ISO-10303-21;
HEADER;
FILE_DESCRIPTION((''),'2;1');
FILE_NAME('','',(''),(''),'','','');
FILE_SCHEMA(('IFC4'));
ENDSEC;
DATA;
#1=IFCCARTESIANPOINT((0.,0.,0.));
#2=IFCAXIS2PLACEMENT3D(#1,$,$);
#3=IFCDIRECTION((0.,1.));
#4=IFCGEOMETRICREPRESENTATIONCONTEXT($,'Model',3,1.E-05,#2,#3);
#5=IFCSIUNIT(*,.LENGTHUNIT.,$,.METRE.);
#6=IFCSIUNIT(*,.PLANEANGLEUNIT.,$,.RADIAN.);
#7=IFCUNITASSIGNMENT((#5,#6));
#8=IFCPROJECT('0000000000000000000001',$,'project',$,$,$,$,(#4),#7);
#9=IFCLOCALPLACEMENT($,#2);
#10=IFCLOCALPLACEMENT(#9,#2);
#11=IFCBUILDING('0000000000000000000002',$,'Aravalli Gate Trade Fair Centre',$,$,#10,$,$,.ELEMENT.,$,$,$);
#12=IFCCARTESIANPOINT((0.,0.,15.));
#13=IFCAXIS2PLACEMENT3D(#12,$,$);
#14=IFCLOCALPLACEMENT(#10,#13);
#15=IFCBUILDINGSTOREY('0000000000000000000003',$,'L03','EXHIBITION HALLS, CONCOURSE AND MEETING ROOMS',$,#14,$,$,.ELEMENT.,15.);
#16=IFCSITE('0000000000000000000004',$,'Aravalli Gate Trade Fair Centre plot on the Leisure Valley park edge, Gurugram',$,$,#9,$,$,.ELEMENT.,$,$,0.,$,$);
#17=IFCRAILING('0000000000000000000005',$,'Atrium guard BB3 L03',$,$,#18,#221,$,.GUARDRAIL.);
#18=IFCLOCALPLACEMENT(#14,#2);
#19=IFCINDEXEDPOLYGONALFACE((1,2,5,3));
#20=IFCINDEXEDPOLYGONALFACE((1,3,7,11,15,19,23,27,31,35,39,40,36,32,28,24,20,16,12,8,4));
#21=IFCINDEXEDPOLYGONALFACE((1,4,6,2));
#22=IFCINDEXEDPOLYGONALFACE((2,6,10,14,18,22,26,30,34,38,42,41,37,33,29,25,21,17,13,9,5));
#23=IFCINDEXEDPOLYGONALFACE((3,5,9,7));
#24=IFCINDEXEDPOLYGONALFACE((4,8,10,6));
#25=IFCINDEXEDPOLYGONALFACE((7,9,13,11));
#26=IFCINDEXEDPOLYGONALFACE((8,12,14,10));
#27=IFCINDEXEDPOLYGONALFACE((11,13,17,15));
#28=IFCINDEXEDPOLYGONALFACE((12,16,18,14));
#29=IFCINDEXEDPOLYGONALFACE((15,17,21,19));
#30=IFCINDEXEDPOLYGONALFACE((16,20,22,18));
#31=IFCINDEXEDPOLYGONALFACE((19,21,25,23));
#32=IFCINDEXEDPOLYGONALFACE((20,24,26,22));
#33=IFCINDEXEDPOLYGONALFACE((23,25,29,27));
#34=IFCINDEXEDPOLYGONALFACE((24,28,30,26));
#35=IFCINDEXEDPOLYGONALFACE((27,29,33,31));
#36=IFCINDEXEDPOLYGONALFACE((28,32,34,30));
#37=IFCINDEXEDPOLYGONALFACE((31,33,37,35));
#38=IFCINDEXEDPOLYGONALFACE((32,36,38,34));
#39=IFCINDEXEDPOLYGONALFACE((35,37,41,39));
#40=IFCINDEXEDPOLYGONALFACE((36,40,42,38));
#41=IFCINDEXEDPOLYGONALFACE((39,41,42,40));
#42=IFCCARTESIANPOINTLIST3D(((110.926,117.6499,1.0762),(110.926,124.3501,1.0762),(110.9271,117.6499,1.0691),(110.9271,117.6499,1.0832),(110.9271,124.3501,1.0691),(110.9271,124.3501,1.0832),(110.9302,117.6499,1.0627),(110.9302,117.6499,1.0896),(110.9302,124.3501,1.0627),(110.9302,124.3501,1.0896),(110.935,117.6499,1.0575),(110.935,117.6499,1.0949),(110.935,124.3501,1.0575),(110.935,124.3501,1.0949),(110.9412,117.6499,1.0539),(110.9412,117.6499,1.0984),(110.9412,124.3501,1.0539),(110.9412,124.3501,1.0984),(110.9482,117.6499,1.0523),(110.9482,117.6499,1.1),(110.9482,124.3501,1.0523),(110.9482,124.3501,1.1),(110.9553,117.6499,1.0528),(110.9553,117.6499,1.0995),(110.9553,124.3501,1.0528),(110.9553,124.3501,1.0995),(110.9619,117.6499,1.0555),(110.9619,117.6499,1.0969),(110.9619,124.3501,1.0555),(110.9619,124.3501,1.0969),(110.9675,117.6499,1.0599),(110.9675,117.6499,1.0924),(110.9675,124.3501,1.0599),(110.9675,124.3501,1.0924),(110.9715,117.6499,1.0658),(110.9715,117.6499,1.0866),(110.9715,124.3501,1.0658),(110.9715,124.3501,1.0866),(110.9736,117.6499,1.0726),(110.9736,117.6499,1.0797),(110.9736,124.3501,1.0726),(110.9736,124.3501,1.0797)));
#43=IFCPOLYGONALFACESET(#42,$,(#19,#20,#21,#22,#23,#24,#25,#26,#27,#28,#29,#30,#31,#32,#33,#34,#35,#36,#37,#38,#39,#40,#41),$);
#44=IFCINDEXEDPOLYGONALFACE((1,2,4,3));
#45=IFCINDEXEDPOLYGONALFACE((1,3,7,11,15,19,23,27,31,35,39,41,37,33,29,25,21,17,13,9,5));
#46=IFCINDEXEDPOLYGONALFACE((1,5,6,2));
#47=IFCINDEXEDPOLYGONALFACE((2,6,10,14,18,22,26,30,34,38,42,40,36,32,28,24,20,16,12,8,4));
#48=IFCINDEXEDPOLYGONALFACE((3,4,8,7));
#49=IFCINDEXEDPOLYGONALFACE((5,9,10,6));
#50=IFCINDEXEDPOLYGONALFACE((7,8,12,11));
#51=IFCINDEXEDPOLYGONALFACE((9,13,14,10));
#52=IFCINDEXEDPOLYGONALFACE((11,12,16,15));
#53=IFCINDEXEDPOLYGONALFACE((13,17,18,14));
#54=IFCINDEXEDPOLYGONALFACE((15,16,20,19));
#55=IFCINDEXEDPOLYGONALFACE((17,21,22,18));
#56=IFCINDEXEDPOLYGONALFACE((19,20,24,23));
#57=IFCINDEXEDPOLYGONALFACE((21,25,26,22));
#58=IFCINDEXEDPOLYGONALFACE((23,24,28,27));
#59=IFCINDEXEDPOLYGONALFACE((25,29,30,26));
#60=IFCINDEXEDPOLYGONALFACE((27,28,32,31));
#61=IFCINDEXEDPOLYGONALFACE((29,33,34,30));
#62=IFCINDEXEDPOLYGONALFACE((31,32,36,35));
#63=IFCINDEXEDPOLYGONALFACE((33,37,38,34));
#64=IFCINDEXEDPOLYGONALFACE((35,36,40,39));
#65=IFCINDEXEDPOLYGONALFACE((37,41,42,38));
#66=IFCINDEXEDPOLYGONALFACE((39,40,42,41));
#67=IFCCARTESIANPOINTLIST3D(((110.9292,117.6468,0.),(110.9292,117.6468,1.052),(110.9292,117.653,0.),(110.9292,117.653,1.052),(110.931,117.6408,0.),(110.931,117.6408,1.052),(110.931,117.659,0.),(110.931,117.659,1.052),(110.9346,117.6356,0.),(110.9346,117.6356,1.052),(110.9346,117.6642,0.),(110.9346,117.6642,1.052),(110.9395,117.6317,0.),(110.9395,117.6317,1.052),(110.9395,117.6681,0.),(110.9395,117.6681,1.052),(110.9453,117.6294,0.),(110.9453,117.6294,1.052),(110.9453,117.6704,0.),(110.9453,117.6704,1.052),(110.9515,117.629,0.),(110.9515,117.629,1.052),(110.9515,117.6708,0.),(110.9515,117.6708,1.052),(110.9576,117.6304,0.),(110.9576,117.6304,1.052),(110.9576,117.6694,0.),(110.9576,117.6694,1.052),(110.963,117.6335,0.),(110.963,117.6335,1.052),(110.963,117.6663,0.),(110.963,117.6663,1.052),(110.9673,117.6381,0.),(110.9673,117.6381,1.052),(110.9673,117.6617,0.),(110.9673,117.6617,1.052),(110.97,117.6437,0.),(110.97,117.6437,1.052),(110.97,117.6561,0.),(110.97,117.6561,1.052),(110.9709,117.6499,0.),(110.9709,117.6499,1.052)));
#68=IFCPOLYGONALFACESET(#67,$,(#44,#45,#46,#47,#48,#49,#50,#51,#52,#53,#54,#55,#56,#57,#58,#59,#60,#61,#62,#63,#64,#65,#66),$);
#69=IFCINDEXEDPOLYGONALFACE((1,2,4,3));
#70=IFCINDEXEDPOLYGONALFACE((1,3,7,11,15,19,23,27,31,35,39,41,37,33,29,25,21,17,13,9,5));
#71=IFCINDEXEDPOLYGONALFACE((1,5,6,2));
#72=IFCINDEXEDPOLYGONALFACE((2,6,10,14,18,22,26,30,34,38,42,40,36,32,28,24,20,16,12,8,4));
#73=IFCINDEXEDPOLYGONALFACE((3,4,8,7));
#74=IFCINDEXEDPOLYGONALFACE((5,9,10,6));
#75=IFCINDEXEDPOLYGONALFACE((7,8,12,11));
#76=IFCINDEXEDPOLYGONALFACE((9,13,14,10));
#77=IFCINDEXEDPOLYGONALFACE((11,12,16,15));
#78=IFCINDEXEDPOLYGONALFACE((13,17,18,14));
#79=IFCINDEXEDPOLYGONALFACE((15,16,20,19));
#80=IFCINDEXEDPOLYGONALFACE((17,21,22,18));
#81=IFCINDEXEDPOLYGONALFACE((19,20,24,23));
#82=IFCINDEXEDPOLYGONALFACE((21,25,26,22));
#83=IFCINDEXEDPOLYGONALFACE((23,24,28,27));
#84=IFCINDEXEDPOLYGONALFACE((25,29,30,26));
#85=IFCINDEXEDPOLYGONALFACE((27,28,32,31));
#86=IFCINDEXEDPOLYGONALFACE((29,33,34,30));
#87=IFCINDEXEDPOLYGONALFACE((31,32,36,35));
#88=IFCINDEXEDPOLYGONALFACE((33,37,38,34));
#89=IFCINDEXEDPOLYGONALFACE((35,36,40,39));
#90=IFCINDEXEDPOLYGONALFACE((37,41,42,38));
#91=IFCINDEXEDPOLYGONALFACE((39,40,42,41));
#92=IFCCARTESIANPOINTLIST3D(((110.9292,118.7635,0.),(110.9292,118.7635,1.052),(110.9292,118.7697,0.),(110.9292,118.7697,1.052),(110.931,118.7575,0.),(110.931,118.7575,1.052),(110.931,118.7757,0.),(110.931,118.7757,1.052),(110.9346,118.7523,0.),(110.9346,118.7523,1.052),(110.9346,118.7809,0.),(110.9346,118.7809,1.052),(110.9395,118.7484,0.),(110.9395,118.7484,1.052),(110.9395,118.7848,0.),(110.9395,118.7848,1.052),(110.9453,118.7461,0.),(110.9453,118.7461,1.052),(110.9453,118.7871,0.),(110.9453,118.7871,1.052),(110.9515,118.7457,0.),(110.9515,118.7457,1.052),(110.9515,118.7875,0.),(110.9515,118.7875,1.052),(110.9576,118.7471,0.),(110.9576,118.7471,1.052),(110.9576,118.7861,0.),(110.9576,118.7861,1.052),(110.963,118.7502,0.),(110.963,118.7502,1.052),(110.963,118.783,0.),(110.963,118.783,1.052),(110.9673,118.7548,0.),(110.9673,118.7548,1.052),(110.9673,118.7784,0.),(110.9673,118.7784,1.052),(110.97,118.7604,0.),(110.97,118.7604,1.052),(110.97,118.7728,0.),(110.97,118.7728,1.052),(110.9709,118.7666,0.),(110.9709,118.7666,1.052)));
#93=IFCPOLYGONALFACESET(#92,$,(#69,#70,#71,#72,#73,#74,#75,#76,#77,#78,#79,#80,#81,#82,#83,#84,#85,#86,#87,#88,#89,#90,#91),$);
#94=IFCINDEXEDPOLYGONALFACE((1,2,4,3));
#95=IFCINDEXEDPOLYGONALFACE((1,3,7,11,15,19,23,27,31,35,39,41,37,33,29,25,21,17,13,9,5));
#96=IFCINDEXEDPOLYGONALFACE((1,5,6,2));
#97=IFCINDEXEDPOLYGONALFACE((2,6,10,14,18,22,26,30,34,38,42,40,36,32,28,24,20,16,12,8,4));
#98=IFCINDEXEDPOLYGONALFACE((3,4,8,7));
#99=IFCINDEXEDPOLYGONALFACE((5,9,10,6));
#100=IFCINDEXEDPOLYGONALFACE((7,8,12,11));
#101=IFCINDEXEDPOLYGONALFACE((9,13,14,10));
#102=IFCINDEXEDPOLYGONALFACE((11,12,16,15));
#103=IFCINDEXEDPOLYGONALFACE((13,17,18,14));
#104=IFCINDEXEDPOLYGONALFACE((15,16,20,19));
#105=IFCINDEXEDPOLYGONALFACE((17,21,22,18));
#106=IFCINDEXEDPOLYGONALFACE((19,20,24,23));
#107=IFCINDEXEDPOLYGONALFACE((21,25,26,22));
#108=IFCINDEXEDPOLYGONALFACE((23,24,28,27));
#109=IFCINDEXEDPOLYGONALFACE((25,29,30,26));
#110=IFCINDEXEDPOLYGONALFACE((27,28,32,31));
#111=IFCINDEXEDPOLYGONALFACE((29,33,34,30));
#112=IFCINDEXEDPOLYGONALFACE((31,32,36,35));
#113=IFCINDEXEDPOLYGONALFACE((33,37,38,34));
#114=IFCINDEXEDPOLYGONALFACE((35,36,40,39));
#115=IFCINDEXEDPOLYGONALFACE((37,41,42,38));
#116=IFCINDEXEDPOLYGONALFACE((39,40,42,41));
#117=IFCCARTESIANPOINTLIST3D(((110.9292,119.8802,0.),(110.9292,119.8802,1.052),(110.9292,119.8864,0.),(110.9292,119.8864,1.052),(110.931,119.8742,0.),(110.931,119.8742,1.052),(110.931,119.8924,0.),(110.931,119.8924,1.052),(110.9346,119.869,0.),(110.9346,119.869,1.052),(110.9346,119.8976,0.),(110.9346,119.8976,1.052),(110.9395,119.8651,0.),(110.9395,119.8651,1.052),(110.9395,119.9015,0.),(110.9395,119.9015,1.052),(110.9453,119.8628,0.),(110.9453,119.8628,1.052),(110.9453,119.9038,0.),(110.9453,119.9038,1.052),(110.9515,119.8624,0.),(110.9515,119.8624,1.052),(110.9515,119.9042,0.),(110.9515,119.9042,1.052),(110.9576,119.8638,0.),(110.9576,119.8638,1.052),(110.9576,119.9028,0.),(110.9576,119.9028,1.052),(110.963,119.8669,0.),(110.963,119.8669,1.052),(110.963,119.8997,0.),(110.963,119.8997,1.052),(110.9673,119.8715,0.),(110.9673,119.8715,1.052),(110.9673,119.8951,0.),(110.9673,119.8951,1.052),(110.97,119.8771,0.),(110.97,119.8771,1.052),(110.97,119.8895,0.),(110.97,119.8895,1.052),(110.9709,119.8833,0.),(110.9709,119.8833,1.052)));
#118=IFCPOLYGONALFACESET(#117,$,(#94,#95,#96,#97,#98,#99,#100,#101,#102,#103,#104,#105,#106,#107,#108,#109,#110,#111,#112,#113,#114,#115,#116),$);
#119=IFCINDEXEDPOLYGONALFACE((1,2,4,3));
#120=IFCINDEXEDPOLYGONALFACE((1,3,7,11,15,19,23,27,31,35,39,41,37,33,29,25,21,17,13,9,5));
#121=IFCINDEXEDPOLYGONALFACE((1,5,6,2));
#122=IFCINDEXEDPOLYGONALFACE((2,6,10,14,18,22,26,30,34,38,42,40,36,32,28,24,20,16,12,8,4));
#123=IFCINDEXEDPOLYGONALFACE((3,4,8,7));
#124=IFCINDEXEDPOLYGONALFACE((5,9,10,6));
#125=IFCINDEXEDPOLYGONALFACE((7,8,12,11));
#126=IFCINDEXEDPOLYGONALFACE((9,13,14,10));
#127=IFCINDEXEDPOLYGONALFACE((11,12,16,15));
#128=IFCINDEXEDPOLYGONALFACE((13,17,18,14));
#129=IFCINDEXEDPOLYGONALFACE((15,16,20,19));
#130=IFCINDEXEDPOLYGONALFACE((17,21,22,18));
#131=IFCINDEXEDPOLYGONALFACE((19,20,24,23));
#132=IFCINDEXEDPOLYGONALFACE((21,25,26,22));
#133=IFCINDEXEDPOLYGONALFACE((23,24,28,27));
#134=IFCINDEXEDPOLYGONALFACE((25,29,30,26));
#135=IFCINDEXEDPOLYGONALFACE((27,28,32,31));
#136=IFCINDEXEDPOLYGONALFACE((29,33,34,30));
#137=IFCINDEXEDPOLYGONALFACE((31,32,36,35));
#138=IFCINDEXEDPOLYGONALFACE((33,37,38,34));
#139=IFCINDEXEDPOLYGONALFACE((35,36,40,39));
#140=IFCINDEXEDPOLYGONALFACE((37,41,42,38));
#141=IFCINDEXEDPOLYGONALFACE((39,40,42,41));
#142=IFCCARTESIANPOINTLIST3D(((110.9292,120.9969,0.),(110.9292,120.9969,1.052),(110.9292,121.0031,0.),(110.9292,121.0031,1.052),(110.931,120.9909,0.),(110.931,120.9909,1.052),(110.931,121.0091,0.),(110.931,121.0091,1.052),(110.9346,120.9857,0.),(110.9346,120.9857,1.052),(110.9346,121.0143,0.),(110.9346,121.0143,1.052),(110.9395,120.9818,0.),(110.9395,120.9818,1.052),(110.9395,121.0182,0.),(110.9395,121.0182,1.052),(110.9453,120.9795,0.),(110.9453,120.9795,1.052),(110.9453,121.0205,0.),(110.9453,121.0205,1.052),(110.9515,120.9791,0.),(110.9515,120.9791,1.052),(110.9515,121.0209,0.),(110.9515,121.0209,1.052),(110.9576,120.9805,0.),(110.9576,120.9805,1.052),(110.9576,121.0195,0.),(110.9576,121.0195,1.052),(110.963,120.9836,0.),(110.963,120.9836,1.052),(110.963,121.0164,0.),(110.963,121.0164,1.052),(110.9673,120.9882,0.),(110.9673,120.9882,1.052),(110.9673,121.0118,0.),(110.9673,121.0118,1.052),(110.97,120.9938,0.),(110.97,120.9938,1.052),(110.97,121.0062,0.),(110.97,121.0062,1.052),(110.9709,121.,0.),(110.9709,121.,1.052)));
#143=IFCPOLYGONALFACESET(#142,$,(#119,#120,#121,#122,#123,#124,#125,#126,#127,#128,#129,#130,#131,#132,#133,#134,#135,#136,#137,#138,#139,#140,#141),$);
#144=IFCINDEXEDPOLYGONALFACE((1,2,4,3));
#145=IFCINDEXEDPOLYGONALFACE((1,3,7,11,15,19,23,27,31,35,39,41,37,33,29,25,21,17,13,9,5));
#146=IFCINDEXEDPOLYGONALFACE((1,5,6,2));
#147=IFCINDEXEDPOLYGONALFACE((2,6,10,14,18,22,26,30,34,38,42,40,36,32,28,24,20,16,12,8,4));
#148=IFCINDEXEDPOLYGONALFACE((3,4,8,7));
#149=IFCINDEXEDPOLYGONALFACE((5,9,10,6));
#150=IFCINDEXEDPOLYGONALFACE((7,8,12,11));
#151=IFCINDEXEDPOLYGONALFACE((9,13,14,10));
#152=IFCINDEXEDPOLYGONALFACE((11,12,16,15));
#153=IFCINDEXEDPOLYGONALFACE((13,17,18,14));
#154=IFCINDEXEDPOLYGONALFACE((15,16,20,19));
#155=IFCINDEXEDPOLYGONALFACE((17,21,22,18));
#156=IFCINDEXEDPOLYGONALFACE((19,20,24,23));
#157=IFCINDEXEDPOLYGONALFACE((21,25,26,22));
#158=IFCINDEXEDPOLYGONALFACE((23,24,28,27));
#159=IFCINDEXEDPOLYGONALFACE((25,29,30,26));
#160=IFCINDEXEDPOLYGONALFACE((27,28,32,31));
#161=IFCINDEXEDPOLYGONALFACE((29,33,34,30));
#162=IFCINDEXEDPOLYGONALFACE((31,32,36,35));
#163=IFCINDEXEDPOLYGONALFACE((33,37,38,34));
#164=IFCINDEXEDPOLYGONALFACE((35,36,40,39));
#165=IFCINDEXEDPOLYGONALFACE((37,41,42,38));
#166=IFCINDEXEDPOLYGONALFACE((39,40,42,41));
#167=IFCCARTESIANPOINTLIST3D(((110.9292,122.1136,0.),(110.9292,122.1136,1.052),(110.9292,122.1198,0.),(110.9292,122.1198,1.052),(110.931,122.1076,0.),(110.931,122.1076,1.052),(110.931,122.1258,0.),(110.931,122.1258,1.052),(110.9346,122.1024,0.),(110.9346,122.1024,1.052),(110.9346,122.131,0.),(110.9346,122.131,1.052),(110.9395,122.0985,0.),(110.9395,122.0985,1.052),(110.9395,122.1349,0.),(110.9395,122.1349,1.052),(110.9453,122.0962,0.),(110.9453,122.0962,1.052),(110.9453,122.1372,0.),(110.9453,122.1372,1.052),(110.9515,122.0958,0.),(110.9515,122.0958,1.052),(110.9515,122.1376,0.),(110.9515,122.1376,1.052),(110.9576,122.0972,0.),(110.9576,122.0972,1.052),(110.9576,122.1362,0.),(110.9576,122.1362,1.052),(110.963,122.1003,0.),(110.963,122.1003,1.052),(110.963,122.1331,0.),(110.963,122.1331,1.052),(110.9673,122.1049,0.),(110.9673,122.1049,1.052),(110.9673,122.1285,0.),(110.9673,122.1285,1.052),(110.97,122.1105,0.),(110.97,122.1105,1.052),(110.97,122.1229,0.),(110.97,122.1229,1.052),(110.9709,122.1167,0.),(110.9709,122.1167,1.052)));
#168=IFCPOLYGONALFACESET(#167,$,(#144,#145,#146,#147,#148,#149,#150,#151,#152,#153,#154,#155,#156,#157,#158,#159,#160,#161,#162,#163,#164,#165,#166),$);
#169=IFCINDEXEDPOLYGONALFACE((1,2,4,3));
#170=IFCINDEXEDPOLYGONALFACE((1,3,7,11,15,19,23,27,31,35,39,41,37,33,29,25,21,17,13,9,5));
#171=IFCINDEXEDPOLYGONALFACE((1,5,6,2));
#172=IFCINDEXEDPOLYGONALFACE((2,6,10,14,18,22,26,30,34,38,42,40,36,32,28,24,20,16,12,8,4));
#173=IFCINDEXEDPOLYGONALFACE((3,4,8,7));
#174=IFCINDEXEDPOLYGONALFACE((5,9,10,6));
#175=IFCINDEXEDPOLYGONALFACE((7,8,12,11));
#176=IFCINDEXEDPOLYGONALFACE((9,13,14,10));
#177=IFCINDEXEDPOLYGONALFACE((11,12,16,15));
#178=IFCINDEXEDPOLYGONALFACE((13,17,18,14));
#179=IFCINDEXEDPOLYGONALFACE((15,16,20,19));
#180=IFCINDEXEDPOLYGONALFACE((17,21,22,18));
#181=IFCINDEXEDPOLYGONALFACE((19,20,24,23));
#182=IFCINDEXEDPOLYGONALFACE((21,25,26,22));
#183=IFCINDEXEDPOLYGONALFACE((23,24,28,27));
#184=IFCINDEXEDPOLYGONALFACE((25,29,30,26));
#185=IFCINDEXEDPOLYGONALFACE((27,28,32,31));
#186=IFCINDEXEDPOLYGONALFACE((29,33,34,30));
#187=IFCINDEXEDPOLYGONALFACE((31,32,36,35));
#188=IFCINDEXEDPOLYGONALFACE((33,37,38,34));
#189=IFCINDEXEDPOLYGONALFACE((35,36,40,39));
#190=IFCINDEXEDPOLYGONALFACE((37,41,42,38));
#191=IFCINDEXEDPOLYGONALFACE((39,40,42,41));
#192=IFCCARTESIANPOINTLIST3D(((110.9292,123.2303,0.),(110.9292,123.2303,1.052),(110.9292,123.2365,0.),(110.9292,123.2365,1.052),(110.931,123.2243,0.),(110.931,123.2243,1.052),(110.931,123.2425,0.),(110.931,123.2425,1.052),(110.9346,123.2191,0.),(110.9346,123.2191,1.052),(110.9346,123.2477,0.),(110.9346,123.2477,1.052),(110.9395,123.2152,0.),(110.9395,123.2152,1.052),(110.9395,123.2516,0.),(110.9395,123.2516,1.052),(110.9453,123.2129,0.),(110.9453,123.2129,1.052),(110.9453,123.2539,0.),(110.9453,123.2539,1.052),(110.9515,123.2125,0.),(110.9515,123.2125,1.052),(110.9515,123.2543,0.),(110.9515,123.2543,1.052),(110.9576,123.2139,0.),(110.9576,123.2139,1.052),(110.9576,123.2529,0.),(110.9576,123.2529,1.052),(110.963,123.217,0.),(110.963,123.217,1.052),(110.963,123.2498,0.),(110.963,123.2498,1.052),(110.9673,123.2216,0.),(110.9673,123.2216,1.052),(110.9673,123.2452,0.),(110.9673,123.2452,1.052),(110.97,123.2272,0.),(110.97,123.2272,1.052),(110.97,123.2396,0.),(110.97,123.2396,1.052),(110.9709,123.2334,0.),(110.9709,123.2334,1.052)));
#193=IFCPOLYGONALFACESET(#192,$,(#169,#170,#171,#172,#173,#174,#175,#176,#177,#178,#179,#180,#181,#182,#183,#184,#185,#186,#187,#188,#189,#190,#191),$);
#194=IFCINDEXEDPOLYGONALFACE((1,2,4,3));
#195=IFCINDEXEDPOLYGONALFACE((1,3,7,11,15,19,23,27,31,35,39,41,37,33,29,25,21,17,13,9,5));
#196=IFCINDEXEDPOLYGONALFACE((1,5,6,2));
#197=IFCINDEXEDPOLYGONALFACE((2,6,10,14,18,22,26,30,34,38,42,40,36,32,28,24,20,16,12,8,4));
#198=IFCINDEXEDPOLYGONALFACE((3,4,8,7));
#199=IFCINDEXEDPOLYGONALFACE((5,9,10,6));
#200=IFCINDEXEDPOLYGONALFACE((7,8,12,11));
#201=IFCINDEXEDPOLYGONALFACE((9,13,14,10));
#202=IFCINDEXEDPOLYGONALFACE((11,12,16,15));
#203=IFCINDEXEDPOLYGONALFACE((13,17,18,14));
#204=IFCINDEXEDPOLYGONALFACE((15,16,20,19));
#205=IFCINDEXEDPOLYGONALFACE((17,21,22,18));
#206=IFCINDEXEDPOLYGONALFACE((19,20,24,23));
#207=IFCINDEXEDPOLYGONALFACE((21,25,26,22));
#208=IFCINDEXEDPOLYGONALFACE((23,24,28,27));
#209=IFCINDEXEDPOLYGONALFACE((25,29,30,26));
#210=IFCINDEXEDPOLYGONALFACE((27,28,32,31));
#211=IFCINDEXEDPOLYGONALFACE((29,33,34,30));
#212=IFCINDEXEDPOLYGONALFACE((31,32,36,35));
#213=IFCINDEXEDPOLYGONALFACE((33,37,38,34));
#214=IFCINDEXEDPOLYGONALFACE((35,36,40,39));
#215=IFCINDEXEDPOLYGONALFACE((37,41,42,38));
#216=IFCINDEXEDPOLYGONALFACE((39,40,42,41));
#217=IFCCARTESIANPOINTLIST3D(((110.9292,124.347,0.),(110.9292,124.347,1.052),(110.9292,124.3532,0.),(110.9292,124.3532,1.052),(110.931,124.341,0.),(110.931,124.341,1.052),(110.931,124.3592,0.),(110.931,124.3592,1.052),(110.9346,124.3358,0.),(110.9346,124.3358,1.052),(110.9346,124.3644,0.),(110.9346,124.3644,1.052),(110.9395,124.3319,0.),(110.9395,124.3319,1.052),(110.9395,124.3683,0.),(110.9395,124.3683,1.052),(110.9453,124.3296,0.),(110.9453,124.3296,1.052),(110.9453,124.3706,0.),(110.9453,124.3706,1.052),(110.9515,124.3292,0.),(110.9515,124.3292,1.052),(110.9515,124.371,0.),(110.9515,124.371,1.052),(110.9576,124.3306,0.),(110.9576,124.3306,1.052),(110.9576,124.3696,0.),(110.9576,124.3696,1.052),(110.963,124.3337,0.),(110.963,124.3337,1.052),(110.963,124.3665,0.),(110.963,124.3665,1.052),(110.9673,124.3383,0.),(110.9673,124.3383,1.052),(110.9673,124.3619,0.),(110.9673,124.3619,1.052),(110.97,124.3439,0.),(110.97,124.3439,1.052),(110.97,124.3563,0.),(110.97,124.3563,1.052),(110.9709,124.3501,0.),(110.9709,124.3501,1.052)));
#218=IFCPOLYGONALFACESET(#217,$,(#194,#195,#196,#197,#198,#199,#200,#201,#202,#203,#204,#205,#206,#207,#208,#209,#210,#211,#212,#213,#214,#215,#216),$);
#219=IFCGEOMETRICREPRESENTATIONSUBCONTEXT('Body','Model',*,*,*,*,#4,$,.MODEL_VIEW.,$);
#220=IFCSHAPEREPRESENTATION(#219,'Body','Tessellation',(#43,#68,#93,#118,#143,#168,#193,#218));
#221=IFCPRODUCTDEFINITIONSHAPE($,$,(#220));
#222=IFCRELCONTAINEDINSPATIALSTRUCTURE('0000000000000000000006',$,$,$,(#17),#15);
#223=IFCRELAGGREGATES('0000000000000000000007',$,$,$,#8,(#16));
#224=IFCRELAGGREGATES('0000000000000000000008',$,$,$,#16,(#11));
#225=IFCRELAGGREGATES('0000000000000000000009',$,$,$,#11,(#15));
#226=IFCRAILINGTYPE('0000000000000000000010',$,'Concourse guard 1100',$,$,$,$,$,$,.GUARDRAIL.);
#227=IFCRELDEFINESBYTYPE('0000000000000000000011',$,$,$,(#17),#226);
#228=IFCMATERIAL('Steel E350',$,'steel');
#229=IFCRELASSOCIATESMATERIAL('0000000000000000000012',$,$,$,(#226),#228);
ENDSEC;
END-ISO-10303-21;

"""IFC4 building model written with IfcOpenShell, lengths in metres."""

from ifc_helpers import new_model, si_unit, direction, frame, origin, origin_2d, place, context, subcontext, project, spatial, circle, extrude, material, type_object, element, save


model = new_model("IFC4")

# Units and contexts
model_context = context("Model", 3, precision=1e-05, world=origin(), true_north=direction((0.0, 1.0)))
body_context = subcontext(model_context, "Body", "Model", "MODEL_VIEW")
ifc_project = project(units=[si_unit("LENGTHUNIT", "METRE"), si_unit("PLANEANGLEUNIT", "RADIAN")], contexts=[model_context])

# Site, building, storey
site_placement = place(None, origin())
site = spatial("IfcSite", under=ifc_project, at=site_placement, Name="Aravalli Gate Trade Fair Centre plot on the Leisure Valley park edge, Gurugram", CompositionType="ELEMENT", RefElevation=0.0)
building_placement = place(site_placement, origin())
building = spatial("IfcBuilding", under=site, at=building_placement, Name="Aravalli Gate Trade Fair Centre", CompositionType="ELEMENT")
storey_placement = place(building_placement, frame((0.0, 0.0, 15.0)))
storey = spatial("IfcBuildingStorey", under=building, at=storey_placement, Name="L03", Description="EXHIBITION HALLS, CONCOURSE AND MEETING ROOMS", CompositionType="ELEMENT", Elevation=15.0)

# Railing
ifc_material_1 = material(Name="Steel E350", Category="steel")
railing_type = type_object("IfcRailingType", Name="Concourse guard 1100", PredefinedType="GUARDRAIL", material=ifc_material_1)
railing_1_placement = place(storey_placement, frame((110.95, 117.6499, 0.0)))
element("IfcRailing", 1, at=railing_1_placement, inside=storey, type_object=railing_type, Name="Atrium guard BB3 L03", PredefinedType="GUARDRAIL", context=body_context, shape_type="SweptSolid", body=[
    extrude(circle(Radius=0.0239, at=origin_2d()), frame((0.0, 0.0, 1.0762), z_axis=(0.0, 1.0, 0.0), x_axis=(-1.0, 0.0, 0.0)), (0.0, 0.0, 1.0), 6.7002),
    extrude(circle(Radius=0.021, at=origin_2d()), origin(), (0.0, 0.0, 1.0), 1.052),
    extrude(circle(Radius=0.021, at=origin_2d()), frame((0.0, 1.1167, 0.0)), (0.0, 0.0, 1.0), 1.052),
    extrude(circle(Radius=0.021, at=origin_2d()), frame((0.0, 2.2334, 0.0)), (0.0, 0.0, 1.0), 1.052),
    extrude(circle(Radius=0.021, at=origin_2d()), frame((0.0, 3.3501, 0.0)), (0.0, 0.0, 1.0), 1.052),
    extrude(circle(Radius=0.021, at=origin_2d()), frame((0.0, 4.4668, 0.0)), (0.0, 0.0, 1.0), 1.052),
    extrude(circle(Radius=0.021, at=origin_2d()), frame((0.0, 5.5835, 0.0)), (0.0, 0.0, 1.0), 1.052),
    extrude(circle(Radius=0.021, at=origin_2d()), frame((0.0, 6.7002, 0.0)), (0.0, 0.0, 1.0), 1.052),
])

save(model, "model.ifc")
